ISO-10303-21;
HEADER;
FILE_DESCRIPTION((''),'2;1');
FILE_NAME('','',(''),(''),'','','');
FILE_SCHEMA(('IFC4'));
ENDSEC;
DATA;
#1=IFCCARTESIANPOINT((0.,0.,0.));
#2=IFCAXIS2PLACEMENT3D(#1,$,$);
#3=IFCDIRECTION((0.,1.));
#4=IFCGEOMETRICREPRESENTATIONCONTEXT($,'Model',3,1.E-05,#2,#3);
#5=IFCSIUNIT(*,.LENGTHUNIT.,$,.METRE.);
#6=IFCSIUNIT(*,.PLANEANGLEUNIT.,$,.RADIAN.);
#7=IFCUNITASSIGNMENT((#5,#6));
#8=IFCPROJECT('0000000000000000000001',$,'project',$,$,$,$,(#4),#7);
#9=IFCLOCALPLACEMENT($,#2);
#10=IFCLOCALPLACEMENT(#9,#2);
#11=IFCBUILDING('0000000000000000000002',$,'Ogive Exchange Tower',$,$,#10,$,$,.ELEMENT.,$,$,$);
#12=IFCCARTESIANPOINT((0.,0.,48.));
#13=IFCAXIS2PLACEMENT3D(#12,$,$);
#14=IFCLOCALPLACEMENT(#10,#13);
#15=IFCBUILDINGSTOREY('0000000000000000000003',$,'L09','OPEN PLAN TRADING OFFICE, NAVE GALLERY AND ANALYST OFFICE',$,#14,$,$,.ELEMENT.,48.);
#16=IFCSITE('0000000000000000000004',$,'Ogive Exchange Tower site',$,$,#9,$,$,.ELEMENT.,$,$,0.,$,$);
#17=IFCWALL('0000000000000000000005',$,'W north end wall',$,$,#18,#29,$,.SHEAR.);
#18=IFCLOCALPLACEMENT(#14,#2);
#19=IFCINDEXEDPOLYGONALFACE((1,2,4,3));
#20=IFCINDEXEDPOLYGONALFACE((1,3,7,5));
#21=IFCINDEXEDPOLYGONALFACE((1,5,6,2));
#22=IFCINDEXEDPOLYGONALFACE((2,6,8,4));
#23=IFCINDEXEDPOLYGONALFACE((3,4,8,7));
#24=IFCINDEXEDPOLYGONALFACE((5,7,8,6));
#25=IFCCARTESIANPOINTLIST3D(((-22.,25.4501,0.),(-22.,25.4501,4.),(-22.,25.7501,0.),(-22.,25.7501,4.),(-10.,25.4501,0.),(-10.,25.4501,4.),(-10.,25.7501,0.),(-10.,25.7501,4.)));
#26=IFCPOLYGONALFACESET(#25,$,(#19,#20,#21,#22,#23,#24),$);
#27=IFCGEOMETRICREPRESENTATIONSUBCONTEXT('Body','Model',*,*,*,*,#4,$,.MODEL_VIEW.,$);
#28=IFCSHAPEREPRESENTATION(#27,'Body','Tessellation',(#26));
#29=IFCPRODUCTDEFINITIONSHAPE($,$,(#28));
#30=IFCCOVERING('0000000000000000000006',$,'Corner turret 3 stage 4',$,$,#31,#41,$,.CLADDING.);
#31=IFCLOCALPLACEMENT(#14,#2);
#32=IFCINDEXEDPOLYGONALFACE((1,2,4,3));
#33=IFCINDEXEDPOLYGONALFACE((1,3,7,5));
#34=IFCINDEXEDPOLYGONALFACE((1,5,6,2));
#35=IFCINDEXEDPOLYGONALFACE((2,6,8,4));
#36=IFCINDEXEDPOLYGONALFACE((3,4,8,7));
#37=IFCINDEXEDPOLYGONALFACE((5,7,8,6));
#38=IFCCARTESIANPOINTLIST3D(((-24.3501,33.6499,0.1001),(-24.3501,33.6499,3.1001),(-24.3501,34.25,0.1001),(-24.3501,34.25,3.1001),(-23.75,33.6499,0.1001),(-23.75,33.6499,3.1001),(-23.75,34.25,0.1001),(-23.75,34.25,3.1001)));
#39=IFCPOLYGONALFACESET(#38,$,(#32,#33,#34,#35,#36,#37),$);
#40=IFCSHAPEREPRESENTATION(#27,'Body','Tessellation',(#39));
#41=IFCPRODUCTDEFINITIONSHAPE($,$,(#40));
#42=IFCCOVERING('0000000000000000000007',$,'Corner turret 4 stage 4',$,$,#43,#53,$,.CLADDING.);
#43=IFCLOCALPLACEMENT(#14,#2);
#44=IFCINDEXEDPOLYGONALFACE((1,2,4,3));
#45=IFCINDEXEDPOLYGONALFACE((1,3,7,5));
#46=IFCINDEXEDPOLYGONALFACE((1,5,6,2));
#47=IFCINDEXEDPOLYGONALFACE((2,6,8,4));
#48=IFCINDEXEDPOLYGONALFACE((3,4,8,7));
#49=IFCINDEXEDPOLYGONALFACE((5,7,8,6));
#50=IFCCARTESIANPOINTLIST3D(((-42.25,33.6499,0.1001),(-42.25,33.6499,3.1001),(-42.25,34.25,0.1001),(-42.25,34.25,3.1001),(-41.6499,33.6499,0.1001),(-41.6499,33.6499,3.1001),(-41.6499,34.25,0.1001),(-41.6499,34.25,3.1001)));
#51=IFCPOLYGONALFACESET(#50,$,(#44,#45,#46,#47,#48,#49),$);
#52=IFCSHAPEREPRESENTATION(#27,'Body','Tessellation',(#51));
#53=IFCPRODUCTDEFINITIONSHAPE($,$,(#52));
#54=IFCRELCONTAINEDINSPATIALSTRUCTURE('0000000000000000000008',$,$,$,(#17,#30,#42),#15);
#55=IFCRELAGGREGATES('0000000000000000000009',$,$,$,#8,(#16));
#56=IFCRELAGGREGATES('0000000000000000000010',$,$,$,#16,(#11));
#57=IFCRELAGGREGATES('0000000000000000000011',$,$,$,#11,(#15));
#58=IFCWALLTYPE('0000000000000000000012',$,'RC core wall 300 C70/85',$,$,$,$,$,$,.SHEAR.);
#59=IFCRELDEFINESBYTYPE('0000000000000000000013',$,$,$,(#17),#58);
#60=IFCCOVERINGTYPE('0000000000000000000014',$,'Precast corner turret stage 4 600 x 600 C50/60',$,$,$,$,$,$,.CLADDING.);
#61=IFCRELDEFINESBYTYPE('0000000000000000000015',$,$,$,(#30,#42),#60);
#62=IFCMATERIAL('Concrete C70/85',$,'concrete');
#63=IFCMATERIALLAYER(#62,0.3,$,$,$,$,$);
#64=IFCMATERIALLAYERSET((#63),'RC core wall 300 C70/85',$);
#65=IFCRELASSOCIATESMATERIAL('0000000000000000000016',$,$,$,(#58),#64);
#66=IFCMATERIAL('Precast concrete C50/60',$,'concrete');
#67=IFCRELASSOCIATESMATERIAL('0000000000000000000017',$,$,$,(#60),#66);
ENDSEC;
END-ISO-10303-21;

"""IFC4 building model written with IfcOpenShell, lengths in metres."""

from ifc_helpers import new_model, si_unit, direction, frame, frame_2d, origin, origin_2d, place, context, subcontext, project, spatial, rectangle, extrude, material, layer, layer_set, material_profile, profile_set, type_object, element, save


model = new_model("IFC4")

# Units and contexts
model_context = context("Model", 3, precision=1e-05, world=origin(), true_north=direction((0.0, 1.0)))
body_context = subcontext(model_context, "Body", "Model", "MODEL_VIEW")
ifc_project = project(units=[si_unit("LENGTHUNIT", "METRE"), si_unit("PLANEANGLEUNIT", "RADIAN")], contexts=[model_context])

# Site, building, storey
site_placement = place(None, origin())
site = spatial("IfcSite", under=ifc_project, at=site_placement, Name="Ogive Exchange Tower site", CompositionType="ELEMENT", RefElevation=0.0)
building_placement = place(site_placement, origin())
building = spatial("IfcBuilding", under=site, at=building_placement, Name="Ogive Exchange Tower", CompositionType="ELEMENT")
storey_placement = place(building_placement, frame((0.0, 0.0, 48.0)))
storey = spatial("IfcBuildingStorey", under=building, at=storey_placement, Name="L09", Description="OPEN PLAN TRADING OFFICE, NAVE GALLERY AND ANALYST OFFICE", CompositionType="ELEMENT", Elevation=48.0)

# Wall
ifc_material_1 = material(Name="Concrete C70/85", Category="concrete")
ifc_layer_1 = layer(ifc_material_1, 0.3)
ifc_layer_set_1 = layer_set([ifc_layer_1], Name="RC core wall 300 C70/85")
wall_type_1 = type_object("IfcWallType", Name="RC core wall 300 C70/85", PredefinedType="SHEAR", material=ifc_layer_set_1)
wall_1_placement = place(storey_placement, frame((-22.0, 25.6001, 0.0), z_axis=(0.0, 0.0, 1.0), x_axis=(1.0, 0.0, 0.0)))
element("IfcWall", 1, at=wall_1_placement, inside=storey, type_object=wall_type_1, Name="W north end wall", PredefinedType="SHEAR", context=body_context, shape_type="SweptSolid", body=[
    extrude(rectangle(XDim=12.0, YDim=0.3, at=frame_2d((6.0, 0.0))), origin(), (0.0, 0.0, 1.0), 4.0),
])

# Coverings
ifc_material_2 = material(Name="Precast concrete C50/60", Category="concrete")
ifc_material_profile_1 = material_profile(ifc_material_2, rectangle(XDim=0.6001, YDim=0.6001, at=origin_2d()), Name="CORNER TURRET 4 600 x 600")
ifc_profile_set_1 = profile_set([ifc_material_profile_1], Name="Precast concrete C50/60")
covering_type = type_object("IfcCoveringType", Name="Precast corner turret stage 4 600 x 600 C50/60", PredefinedType="CLADDING", material=ifc_profile_set_1)
for number, where, z_axis, x_axis, name in (
    (2, (-24.05, 33.95, 0.1001), (0.0, 0.0, 1.0), (1.0, 0.0, 0.0), "Corner turret 3 stage 4"),
    (3, (-41.95, 33.95, 0.1001), (0.0, 0.0, 1.0), (1.0, 0.0, 0.0), "Corner turret 4 stage 4"),
):
    element("IfcCovering", number, at=place(storey_placement, frame(where, z_axis=z_axis, x_axis=x_axis)), inside=storey, type_object=covering_type, Name=name, PredefinedType="CLADDING", context=body_context, shape_type="SweptSolid", body=[
        extrude(rectangle(XDim=0.6001, YDim=0.6001, at=origin_2d()), origin(), (0.0, 0.0, 1.0), 3.0),
    ])

save(model, "model.ifc")
